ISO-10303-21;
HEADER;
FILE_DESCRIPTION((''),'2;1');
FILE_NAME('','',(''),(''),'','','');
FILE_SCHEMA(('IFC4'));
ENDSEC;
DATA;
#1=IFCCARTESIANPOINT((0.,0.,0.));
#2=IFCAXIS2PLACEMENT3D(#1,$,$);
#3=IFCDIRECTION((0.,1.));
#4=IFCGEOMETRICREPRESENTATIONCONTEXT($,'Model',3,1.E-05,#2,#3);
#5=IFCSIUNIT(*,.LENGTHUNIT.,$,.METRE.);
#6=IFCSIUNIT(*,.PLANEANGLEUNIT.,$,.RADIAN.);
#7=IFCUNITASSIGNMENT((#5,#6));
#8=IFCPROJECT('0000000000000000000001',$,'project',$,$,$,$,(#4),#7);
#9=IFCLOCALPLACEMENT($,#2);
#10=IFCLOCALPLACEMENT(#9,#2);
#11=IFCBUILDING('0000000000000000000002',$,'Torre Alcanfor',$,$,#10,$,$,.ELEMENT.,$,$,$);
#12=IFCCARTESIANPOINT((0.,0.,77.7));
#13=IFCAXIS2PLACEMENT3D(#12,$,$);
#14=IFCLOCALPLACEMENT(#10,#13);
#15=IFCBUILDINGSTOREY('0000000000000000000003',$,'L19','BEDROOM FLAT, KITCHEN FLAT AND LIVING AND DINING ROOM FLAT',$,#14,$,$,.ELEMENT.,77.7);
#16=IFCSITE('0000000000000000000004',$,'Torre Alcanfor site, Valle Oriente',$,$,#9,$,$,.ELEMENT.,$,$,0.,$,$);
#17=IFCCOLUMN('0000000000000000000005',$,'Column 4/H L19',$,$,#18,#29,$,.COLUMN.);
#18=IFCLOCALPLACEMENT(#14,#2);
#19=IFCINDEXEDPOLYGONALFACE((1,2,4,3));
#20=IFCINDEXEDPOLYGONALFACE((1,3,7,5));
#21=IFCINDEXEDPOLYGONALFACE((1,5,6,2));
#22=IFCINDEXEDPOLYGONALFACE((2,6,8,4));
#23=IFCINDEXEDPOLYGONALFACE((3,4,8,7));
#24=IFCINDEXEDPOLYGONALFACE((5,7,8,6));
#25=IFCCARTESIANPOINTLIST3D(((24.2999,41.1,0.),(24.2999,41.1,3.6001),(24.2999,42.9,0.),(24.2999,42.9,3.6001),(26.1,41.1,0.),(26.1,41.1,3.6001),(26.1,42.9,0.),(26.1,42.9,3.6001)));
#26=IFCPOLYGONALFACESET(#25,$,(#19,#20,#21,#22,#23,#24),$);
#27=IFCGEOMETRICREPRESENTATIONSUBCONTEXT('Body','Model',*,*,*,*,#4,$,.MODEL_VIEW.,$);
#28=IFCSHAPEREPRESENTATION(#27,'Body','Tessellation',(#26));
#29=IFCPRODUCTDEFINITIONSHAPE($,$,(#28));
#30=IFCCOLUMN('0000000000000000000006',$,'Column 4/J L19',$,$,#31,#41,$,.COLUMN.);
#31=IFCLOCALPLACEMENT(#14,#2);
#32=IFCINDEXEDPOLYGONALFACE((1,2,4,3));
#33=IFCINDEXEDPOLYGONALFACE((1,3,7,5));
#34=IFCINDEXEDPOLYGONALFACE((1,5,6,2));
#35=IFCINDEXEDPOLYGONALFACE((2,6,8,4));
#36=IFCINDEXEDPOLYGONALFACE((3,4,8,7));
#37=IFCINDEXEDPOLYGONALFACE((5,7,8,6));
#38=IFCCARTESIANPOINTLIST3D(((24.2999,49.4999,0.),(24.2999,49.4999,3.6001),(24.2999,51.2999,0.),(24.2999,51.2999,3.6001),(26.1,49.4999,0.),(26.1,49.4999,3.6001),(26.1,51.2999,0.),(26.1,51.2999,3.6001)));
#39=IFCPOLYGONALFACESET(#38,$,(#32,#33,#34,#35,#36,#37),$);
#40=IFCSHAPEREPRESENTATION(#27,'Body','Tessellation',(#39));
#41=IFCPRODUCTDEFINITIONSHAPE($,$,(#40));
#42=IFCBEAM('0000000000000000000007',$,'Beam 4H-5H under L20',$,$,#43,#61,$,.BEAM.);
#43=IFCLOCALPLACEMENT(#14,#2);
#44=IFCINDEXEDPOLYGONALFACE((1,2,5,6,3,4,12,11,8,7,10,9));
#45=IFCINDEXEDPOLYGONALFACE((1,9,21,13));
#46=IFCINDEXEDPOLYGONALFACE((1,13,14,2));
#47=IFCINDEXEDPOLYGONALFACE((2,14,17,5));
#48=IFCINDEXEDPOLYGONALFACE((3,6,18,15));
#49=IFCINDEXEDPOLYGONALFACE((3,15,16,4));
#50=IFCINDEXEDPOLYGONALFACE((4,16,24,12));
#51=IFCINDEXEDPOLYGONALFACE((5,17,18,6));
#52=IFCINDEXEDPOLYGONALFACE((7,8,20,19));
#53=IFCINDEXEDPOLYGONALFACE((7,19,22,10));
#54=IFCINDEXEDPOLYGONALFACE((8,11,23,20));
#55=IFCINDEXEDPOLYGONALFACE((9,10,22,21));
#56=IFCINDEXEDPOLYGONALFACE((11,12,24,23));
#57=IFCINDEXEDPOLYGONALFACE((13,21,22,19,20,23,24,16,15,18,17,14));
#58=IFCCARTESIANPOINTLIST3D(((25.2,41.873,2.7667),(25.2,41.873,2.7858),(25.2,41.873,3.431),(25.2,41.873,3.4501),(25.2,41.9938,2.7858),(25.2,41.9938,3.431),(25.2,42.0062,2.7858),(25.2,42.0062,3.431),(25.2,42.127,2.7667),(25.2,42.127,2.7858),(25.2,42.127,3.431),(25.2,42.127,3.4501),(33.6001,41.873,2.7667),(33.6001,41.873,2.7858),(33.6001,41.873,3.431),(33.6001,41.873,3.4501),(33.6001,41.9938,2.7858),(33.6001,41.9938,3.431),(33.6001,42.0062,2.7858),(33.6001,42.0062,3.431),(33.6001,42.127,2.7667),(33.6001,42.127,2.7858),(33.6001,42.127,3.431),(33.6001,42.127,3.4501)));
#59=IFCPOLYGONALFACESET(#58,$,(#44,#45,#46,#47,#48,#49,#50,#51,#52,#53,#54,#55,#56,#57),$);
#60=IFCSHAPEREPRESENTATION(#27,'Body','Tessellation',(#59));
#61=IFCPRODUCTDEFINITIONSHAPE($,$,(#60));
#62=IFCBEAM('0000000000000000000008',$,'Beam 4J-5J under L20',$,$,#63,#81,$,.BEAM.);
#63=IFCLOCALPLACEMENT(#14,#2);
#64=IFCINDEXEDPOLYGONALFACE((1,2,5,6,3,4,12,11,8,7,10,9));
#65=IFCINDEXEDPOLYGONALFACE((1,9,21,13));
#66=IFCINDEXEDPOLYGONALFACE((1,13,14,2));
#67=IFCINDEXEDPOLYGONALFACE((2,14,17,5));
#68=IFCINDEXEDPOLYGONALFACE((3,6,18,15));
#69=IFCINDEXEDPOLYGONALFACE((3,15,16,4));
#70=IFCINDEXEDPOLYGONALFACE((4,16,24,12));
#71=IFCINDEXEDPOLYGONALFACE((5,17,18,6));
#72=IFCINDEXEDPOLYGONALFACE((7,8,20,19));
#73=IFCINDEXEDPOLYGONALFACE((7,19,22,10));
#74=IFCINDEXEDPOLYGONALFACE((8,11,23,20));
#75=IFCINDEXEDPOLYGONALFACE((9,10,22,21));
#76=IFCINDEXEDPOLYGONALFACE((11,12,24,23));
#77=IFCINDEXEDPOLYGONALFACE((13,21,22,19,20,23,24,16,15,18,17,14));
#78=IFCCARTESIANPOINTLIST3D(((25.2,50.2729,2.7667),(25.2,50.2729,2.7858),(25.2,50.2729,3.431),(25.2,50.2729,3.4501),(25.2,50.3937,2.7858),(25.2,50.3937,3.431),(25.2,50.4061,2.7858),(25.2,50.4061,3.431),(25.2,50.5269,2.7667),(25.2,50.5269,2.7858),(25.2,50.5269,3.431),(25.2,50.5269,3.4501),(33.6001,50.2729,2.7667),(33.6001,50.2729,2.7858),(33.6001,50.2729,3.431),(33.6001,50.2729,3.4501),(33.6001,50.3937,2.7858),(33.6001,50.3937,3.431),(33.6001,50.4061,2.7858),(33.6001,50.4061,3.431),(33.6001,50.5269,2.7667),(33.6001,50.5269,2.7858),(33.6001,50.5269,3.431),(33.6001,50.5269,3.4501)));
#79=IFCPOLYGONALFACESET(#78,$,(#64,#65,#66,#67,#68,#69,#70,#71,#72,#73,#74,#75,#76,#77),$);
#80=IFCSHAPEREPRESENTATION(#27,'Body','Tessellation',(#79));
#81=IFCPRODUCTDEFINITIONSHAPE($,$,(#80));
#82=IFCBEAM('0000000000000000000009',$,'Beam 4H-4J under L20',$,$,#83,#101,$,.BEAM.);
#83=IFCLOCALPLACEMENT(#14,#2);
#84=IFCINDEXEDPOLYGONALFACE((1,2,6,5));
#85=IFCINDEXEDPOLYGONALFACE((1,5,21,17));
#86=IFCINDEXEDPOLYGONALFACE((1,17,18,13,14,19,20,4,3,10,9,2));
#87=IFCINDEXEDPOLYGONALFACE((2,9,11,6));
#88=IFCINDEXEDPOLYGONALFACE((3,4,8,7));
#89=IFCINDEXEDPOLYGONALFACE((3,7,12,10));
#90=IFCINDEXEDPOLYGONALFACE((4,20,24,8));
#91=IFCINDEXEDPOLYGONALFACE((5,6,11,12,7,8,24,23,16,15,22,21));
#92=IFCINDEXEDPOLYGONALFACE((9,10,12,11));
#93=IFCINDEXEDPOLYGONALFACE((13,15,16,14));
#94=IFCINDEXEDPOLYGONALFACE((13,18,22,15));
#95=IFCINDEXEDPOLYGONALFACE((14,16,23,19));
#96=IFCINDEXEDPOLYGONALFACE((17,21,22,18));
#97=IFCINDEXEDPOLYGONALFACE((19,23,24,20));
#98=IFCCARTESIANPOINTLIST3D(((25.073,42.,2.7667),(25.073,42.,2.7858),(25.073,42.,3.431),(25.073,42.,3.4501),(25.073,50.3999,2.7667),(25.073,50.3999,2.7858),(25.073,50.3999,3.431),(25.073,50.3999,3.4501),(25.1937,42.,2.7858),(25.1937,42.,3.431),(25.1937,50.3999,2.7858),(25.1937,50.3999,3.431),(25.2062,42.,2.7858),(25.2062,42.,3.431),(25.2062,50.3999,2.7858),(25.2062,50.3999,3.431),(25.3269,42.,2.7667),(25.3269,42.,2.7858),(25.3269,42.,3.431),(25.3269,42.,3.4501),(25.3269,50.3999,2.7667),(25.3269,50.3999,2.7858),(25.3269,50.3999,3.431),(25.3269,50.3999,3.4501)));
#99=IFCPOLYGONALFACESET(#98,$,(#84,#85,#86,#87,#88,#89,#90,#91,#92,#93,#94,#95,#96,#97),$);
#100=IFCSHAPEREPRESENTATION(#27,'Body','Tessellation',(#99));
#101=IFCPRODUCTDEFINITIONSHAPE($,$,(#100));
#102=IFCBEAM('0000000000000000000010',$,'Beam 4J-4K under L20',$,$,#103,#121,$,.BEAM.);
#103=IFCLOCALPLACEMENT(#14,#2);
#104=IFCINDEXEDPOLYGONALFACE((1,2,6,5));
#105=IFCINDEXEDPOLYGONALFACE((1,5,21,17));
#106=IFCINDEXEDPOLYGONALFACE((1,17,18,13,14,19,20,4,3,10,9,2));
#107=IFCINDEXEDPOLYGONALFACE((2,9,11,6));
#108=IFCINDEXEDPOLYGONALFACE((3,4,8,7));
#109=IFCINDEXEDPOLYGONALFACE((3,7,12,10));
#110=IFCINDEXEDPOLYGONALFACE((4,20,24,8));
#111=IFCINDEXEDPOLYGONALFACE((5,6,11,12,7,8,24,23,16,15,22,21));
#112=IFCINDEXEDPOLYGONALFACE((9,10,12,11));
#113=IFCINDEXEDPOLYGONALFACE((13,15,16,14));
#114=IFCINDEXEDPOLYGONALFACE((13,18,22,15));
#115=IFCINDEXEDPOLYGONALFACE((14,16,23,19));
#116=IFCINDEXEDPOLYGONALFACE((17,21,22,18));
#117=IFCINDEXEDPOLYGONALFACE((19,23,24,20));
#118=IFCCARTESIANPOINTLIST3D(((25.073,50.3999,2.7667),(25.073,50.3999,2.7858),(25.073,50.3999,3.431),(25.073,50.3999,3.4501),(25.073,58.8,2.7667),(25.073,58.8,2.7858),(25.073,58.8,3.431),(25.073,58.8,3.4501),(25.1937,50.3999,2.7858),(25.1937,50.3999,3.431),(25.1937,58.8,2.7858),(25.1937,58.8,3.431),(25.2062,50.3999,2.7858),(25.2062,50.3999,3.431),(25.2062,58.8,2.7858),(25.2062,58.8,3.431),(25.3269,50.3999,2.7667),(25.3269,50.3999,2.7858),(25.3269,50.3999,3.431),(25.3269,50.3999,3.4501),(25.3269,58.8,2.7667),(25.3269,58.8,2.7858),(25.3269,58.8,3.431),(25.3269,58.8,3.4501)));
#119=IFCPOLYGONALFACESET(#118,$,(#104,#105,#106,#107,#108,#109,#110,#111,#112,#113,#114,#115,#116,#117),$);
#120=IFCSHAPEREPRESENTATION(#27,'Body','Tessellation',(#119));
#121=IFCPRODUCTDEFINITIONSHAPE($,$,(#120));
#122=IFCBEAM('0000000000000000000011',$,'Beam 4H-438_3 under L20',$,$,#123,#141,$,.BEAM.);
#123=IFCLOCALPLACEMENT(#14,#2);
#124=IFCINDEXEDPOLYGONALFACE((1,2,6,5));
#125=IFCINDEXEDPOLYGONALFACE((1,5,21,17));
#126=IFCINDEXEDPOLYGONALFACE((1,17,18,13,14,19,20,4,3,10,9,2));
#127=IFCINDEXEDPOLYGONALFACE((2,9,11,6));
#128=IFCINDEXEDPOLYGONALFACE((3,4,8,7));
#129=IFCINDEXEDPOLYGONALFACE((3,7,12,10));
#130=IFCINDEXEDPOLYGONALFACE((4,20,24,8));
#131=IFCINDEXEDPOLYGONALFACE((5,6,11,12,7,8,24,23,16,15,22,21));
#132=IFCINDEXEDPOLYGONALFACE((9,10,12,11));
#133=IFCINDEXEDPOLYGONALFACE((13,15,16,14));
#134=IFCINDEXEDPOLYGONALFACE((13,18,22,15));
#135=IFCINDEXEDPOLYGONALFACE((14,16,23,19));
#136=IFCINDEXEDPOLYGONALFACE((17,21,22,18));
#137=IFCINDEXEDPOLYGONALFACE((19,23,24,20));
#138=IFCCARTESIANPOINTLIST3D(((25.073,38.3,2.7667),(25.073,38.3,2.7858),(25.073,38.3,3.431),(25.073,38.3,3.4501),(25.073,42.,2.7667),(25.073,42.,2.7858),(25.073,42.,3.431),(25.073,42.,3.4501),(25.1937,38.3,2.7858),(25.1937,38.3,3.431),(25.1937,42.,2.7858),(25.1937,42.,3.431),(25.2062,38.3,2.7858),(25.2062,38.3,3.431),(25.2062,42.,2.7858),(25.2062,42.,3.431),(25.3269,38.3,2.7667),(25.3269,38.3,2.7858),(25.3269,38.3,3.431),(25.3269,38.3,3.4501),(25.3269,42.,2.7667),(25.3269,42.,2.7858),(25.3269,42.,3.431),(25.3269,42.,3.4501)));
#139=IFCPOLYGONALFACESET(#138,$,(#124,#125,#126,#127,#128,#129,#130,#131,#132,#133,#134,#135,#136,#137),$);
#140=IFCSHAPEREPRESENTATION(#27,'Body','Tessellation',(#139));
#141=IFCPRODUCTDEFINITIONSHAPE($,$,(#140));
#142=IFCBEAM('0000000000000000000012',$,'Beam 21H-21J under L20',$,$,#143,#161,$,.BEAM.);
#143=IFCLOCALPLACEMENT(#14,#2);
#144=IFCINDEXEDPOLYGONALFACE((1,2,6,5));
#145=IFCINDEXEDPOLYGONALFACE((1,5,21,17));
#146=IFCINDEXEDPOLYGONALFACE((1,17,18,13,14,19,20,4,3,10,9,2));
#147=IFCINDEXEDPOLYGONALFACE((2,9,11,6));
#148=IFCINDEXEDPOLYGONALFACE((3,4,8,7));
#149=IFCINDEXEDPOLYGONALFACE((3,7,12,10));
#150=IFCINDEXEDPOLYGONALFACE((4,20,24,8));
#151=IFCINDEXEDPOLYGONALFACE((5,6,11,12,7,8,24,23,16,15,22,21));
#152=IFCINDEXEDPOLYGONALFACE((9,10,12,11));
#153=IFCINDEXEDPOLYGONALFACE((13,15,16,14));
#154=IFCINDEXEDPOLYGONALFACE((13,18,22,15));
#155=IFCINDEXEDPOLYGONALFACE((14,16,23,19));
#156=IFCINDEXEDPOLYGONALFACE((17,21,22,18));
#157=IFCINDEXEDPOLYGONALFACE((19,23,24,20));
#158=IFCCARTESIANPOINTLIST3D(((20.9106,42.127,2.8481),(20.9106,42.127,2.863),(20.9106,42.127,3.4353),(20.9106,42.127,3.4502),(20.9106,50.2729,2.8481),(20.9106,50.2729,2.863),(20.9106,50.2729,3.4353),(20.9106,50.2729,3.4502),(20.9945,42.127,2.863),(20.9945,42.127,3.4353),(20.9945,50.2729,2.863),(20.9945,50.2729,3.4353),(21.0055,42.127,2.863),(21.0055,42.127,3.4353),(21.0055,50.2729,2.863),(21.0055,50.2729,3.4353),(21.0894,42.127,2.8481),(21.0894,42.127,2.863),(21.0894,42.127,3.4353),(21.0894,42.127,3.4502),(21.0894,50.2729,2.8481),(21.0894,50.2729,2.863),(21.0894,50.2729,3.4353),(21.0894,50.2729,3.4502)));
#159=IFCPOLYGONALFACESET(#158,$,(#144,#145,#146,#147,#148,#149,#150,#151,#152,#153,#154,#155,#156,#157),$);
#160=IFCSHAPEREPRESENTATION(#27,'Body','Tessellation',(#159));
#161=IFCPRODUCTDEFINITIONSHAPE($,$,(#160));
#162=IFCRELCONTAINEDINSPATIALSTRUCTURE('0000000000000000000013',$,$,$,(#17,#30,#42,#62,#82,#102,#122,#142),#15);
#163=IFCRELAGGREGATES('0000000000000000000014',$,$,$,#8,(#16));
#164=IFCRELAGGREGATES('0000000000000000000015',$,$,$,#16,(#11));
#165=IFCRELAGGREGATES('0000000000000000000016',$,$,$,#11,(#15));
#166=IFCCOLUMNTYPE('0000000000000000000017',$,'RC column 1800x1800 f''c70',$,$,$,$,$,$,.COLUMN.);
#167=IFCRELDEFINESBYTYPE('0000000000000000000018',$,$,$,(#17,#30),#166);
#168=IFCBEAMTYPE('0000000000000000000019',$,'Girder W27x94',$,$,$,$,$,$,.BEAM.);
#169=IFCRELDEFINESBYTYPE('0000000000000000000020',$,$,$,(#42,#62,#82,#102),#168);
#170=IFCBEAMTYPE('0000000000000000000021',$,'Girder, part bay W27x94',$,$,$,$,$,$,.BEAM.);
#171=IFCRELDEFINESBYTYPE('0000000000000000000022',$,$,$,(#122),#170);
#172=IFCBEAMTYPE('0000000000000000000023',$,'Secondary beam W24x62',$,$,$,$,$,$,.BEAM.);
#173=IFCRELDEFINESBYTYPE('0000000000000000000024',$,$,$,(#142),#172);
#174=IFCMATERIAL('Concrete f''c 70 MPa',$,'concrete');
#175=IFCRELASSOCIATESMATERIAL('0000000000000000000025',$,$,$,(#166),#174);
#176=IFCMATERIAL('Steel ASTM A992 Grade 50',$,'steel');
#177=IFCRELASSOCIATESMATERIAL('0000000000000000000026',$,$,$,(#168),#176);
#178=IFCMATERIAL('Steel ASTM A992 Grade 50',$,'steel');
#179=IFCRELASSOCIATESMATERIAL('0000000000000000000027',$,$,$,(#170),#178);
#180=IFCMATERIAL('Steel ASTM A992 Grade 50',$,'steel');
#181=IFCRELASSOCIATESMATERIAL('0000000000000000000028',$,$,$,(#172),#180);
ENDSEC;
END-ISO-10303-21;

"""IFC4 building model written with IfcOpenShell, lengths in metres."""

from ifc_helpers import new_model, si_unit, direction, frame, origin, origin_2d, place, context, subcontext, project, spatial, rectangle, i_section, extrude, material, material_profile, profile_set, type_object, element, save


model = new_model("IFC4")

# Units and contexts
model_context = context("Model", 3, precision=1e-05, world=origin(), true_north=direction((0.0, 1.0)))
body_context = subcontext(model_context, "Body", "Model", "MODEL_VIEW")
ifc_project = project(units=[si_unit("LENGTHUNIT", "METRE"), si_unit("PLANEANGLEUNIT", "RADIAN")], contexts=[model_context])

# Site, building, storey
site_placement = place(None, origin())
site = spatial("IfcSite", under=ifc_project, at=site_placement, Name="Torre Alcanfor site, Valle Oriente", CompositionType="ELEMENT", RefElevation=0.0)
building_placement = place(site_placement, origin())
building = spatial("IfcBuilding", under=site, at=building_placement, Name="Torre Alcanfor", CompositionType="ELEMENT")
storey_placement = place(building_placement, frame((0.0, 0.0, 77.7)))
storey = spatial("IfcBuildingStorey", under=building, at=storey_placement, Name="L19", Description="BEDROOM FLAT, KITCHEN FLAT AND LIVING AND DINING ROOM FLAT", CompositionType="ELEMENT", Elevation=77.7)

# Columns
ifc_material_1 = material(Name="Concrete f'c 70 MPa", Category="concrete")
ifc_material_profile_1 = material_profile(ifc_material_1, rectangle(XDim=1.8, YDim=1.8, at=origin_2d()), Name="1800x1800")
ifc_profile_set_1 = profile_set([ifc_material_profile_1], Name="Concrete f'c 70 MPa")
column_type = type_object("IfcColumnType", Name="RC column 1800x1800 f'c70", PredefinedType="COLUMN", material=ifc_profile_set_1)
for number, where, z_axis, x_axis, name in (
    (1, (25.2, 42.0, 0.0), (0.0, 0.0, 1.0), (1.0, 0.0, 0.0), "Column 4/H L19"),
    (2, (25.2, 50.3999, 0.0), (0.0, 0.0, 1.0), (1.0, 0.0, 0.0), "Column 4/J L19"),
):
    element("IfcColumn", number, at=place(storey_placement, frame(where, z_axis=z_axis, x_axis=x_axis)), inside=storey, type_object=column_type, Name=name, PredefinedType="COLUMN", context=body_context, shape_type="SweptSolid", body=[
        extrude(rectangle(XDim=1.8, YDim=1.8, at=origin_2d()), origin(), (0.0, 0.0, 1.0), 3.6001),
    ])

# Beams
ifc_material_2 = material(Name="Steel ASTM A992 Grade 50", Category="steel")
ifc_material_profile_2 = material_profile(ifc_material_2, i_section(OverallWidth=0.2539, OverallDepth=0.6833, WebThickness=0.0125, FlangeThickness=0.019, at=origin_2d()), Name="W27x94")
ifc_profile_set_2 = profile_set([ifc_material_profile_2], Name="Steel ASTM A992 Grade 50")
beam_type_1 = type_object("IfcBeamType", Name="Girder W27x94", PredefinedType="BEAM", material=ifc_profile_set_2)
for number, where, z_axis, x_axis, name in (
    (3, (25.2, 42.0, 3.1084), (1.0, 0.0, 0.0), (0.0, 1.0, 0.0), "Beam 4H-5H under L20"),
    (4, (25.2, 50.3999, 3.1084), (1.0, 0.0, 0.0), (0.0, 1.0, 0.0), "Beam 4J-5J under L20"),
):
    element("IfcBeam", number, at=place(storey_placement, frame(where, z_axis=z_axis, x_axis=x_axis)), inside=storey, type_object=beam_type_1, Name=name, PredefinedType="BEAM", context=body_context, shape_type="SweptSolid", body=[
        extrude(i_section(OverallWidth=0.2539, OverallDepth=0.6833, WebThickness=0.0125, FlangeThickness=0.019, at=origin_2d()), origin(), (0.0, 0.0, 1.0), 8.4001),
    ])
beam_1_placement = place(storey_placement, frame((25.2, 42.0, 3.1084), z_axis=(0.0, 1.0, 0.0), x_axis=(-1.0, 0.0, 0.0)))
element("IfcBeam", 5, at=beam_1_placement, inside=storey, type_object=beam_type_1, Name="Beam 4H-4J under L20", PredefinedType="BEAM", context=body_context, shape_type="SweptSolid", body=[
    extrude(i_section(OverallWidth=0.2539, OverallDepth=0.6833, WebThickness=0.0125, FlangeThickness=0.019, at=origin_2d()), origin(), (0.0, 0.0, 1.0), 8.3999),
])
beam_2_placement = place(storey_placement, frame((25.2, 50.3999, 3.1084), z_axis=(0.0, 1.0, 0.0), x_axis=(-1.0, 0.0, 0.0)))
element("IfcBeam", 6, at=beam_2_placement, inside=storey, type_object=beam_type_1, Name="Beam 4J-4K under L20", PredefinedType="BEAM", context=body_context, shape_type="SweptSolid", body=[
    extrude(i_section(OverallWidth=0.2539, OverallDepth=0.6833, WebThickness=0.0125, FlangeThickness=0.019, at=origin_2d()), origin(), (0.0, 0.0, 1.0), 8.4001),
])
ifc_material_3 = material(Name="Steel ASTM A992 Grade 50", Category="steel")
ifc_material_profile_3 = material_profile(ifc_material_3, i_section(OverallWidth=0.2539, OverallDepth=0.6833, WebThickness=0.0125, FlangeThickness=0.019, at=origin_2d()), Name="W27x94")
ifc_profile_set_3 = profile_set([ifc_material_profile_3], Name="Steel ASTM A992 Grade 50")
beam_type_2 = type_object("IfcBeamType", Name="Girder, part bay W27x94", PredefinedType="BEAM", material=ifc_profile_set_3)
beam_3_placement = place(storey_placement, frame((25.2, 42.0, 3.1084), z_axis=(0.0, -1.0, 0.0), x_axis=(1.0, 0.0, 0.0)))
element("IfcBeam", 7, at=beam_3_placement, inside=storey, type_object=beam_type_2, Name="Beam 4H-438_3 under L20", PredefinedType="BEAM", context=body_context, shape_type="SweptSolid", body=[
    extrude(i_section(OverallWidth=0.2539, OverallDepth=0.6833, WebThickness=0.0125, FlangeThickness=0.019, at=origin_2d()), origin(), (0.0, 0.0, 1.0), 3.7),
])
ifc_material_4 = material(Name="Steel ASTM A992 Grade 50", Category="steel")
ifc_material_profile_4 = material_profile(ifc_material_4, i_section(OverallWidth=0.1787, OverallDepth=0.6021, WebThickness=0.011, FlangeThickness=0.0149, at=origin_2d()), Name="W24x62")
ifc_profile_set_4 = profile_set([ifc_material_profile_4], Name="Steel ASTM A992 Grade 50")
beam_type_3 = type_object("IfcBeamType", Name="Secondary beam W24x62", PredefinedType="BEAM", material=ifc_profile_set_4)
beam_4_placement = place(storey_placement, frame((21.0, 42.127, 3.1492), z_axis=(0.0, 1.0, 0.0), x_axis=(-1.0, 0.0, 0.0)))
element("IfcBeam", 8, at=beam_4_placement, inside=storey, type_object=beam_type_3, Name="Beam 21H-21J under L20", PredefinedType="BEAM", context=body_context, shape_type="SweptSolid", body=[
    extrude(i_section(OverallWidth=0.1787, OverallDepth=0.6021, WebThickness=0.011, FlangeThickness=0.0149, at=origin_2d()), origin(), (0.0, 0.0, 1.0), 8.146),
])

save(model, "model.ifc")
